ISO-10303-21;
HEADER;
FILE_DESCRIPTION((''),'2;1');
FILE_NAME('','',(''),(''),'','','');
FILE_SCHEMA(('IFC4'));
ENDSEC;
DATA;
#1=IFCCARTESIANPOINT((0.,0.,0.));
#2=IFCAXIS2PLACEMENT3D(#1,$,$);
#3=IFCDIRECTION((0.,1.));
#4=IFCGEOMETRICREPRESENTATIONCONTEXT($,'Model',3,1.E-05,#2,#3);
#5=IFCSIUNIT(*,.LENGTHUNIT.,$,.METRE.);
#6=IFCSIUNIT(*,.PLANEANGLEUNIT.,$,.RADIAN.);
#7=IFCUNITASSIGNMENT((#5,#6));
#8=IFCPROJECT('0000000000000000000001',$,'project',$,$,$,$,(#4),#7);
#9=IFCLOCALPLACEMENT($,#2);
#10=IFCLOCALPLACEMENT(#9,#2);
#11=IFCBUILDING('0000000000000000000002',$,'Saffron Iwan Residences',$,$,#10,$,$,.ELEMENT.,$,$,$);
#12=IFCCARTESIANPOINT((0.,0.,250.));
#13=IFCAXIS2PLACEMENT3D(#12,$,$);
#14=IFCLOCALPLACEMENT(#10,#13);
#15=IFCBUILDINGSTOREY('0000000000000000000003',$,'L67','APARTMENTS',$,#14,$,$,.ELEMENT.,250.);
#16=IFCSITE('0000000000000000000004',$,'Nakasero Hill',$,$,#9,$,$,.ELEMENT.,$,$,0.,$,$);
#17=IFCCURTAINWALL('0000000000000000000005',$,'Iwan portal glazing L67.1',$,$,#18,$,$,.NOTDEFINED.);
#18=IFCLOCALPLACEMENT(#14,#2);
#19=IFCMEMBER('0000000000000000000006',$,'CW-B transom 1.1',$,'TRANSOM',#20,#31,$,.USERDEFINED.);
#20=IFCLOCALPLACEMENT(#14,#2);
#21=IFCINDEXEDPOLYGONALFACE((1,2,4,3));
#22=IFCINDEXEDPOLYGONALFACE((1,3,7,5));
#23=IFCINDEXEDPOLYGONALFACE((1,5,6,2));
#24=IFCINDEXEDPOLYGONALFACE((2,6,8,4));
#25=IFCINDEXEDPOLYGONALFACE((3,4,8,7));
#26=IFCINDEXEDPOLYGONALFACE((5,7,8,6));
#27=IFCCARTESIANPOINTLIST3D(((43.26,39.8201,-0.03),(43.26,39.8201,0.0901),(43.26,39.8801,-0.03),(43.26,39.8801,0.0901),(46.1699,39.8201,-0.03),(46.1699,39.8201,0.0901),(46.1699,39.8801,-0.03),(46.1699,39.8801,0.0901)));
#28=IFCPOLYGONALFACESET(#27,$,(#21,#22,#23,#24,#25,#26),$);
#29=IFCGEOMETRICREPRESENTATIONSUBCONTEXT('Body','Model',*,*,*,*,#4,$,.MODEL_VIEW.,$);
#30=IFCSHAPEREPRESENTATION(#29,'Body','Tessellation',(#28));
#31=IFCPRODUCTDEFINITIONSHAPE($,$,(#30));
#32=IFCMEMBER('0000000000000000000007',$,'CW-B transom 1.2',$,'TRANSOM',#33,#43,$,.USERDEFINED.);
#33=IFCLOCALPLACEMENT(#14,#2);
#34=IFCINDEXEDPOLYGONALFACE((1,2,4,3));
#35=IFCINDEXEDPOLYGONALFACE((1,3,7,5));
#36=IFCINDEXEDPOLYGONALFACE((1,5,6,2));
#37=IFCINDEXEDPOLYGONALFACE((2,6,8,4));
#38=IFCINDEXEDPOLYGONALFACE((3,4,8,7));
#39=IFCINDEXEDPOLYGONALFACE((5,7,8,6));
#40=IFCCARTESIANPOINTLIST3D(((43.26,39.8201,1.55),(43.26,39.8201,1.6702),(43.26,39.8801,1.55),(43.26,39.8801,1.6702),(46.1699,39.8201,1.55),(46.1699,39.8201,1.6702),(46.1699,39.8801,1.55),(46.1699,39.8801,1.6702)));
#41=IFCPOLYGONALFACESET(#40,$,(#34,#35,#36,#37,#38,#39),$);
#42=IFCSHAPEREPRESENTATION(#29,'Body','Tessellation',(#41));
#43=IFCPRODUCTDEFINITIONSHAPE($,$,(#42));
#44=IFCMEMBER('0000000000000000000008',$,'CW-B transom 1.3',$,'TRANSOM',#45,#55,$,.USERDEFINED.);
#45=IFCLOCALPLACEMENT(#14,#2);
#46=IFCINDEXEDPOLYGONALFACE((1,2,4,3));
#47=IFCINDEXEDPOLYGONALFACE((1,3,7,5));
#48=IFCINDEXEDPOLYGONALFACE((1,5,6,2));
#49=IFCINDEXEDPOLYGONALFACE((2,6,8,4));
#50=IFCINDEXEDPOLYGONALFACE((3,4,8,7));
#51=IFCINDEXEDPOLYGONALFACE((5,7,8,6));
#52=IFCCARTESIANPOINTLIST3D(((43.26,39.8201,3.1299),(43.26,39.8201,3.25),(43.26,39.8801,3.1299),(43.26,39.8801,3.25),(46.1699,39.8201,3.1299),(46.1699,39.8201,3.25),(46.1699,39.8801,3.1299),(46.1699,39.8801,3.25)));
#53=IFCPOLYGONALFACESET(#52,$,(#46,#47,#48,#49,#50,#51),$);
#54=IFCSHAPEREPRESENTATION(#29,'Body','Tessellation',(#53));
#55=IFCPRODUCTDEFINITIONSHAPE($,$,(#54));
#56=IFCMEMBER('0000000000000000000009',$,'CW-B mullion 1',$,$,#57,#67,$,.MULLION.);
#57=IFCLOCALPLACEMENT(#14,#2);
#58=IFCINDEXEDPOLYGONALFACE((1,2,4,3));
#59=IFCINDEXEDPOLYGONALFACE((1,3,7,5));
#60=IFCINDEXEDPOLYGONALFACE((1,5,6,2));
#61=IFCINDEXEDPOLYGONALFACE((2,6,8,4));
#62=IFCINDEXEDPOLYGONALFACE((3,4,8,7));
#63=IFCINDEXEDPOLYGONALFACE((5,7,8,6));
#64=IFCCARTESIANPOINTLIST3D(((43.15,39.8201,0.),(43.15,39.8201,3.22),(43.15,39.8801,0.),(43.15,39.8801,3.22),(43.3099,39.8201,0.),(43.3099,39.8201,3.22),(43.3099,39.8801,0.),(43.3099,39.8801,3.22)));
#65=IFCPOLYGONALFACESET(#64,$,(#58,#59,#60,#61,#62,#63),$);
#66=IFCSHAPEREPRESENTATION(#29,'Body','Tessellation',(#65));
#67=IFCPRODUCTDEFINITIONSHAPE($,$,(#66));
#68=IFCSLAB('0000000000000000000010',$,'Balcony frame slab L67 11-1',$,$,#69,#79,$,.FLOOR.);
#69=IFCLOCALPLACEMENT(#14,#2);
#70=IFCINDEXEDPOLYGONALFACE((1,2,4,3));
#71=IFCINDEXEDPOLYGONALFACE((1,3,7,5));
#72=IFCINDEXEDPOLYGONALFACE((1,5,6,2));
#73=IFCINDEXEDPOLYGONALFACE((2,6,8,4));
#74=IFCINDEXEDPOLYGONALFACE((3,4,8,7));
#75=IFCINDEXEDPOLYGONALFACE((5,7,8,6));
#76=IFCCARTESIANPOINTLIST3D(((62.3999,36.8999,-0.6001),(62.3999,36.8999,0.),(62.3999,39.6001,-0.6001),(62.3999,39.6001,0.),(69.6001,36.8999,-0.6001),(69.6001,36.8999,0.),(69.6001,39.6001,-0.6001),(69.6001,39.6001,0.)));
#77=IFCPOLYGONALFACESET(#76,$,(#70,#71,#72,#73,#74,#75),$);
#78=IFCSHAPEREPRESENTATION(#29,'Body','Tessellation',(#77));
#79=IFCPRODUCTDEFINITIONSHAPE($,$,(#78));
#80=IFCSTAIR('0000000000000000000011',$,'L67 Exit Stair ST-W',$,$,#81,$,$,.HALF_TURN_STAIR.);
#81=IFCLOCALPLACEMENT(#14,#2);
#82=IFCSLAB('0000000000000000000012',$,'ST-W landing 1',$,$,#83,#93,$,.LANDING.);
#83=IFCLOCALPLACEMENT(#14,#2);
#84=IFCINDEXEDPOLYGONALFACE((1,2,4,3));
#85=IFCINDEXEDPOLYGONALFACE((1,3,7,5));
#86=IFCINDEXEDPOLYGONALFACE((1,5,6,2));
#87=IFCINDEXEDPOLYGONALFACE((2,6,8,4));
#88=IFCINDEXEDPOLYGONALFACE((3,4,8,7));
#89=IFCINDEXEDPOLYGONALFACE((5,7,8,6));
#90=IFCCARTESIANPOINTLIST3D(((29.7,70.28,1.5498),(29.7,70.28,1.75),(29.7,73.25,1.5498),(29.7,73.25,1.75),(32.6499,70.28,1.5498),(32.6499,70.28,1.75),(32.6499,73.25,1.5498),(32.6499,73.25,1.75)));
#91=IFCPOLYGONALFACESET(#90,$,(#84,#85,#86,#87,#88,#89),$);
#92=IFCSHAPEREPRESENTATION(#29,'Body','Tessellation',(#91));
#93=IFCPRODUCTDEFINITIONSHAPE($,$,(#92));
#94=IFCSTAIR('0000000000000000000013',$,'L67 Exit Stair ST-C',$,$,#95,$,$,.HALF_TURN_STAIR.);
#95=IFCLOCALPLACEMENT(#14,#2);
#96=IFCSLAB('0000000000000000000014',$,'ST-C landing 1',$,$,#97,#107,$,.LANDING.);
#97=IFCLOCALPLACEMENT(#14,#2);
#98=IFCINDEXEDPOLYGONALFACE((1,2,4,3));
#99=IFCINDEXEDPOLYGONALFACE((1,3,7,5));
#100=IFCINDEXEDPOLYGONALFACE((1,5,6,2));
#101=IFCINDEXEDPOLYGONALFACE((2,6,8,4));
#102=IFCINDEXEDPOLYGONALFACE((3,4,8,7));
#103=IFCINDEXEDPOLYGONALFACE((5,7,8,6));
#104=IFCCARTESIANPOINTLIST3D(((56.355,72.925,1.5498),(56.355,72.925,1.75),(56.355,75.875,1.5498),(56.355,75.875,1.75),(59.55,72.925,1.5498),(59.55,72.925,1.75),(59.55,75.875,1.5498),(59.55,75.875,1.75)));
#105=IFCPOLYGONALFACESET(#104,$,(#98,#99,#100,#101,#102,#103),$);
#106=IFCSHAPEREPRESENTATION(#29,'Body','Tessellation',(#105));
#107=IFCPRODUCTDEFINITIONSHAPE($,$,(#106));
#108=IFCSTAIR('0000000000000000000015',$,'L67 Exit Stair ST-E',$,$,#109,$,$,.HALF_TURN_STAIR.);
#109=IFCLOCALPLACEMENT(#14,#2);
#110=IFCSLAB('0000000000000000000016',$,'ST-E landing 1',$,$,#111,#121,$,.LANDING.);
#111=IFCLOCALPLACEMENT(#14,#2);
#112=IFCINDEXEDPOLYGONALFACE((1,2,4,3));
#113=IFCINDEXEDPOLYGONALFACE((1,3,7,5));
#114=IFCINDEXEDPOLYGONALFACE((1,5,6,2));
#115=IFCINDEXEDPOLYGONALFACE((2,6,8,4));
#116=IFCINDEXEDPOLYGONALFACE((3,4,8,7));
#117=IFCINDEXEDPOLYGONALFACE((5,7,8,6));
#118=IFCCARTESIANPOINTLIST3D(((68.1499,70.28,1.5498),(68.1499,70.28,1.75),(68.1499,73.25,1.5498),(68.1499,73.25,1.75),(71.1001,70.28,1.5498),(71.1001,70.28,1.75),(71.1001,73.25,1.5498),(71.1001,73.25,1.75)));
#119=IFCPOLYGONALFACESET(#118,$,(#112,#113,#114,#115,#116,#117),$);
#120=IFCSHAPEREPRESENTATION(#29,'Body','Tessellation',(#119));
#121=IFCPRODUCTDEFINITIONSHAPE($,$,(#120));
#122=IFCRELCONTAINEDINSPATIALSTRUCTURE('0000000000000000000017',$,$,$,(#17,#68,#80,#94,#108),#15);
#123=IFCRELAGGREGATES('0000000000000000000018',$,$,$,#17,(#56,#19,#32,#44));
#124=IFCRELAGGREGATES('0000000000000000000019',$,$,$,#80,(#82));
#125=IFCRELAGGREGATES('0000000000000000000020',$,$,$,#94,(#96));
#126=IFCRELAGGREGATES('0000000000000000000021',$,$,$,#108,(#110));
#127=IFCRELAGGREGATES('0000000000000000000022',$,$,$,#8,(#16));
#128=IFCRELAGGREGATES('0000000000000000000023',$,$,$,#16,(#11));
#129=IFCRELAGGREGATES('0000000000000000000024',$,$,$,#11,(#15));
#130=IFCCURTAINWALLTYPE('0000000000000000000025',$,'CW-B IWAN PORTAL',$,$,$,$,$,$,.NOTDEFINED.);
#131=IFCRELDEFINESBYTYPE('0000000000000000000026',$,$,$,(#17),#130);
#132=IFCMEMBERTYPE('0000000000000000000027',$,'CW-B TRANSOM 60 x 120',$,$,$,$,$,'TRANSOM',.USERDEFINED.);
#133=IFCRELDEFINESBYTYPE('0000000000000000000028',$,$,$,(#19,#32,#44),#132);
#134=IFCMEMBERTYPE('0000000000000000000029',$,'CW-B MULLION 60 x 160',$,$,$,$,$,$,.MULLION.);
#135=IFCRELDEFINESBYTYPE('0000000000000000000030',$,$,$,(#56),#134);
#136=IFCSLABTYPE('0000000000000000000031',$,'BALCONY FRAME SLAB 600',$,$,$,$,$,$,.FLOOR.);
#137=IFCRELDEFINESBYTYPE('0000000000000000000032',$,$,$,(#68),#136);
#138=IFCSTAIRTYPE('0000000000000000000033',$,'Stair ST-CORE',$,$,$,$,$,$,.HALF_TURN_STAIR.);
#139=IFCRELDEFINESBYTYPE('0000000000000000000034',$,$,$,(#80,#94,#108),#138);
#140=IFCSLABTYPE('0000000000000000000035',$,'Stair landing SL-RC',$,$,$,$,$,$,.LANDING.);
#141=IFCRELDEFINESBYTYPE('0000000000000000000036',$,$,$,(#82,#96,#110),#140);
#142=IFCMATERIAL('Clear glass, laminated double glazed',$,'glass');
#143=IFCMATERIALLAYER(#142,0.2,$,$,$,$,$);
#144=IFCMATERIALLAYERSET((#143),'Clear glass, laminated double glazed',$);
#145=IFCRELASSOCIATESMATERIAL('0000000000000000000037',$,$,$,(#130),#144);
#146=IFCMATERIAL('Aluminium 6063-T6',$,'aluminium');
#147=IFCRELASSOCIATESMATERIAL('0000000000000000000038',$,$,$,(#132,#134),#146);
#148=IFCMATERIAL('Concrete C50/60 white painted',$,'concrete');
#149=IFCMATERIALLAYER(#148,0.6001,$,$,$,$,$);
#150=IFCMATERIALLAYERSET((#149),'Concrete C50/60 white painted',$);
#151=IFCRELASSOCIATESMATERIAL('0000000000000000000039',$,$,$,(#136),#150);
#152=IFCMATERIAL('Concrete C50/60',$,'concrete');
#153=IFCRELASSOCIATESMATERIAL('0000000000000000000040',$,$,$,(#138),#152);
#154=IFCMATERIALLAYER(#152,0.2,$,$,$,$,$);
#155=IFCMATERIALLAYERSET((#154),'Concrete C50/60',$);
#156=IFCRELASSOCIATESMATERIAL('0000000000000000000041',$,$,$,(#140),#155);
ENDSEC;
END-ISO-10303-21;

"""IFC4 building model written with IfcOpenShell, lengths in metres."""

from ifc_helpers import new_model, si_unit, direction, frame, origin, origin_2d, place, context, subcontext, project, spatial, polyline, rectangle, outline, extrude, source, transform, mapped, material, layer, layer_set, material_profile, profile_set, type_object, element, aggregate, save


model = new_model("IFC4")

# Units and contexts
model_context = context("Model", 3, precision=1e-05, world=origin(), true_north=direction((0.0, 1.0)))
body_context = subcontext(model_context, "Body", "Model", "MODEL_VIEW")
ifc_project = project(units=[si_unit("LENGTHUNIT", "METRE"), si_unit("PLANEANGLEUNIT", "RADIAN")], contexts=[model_context])

# Site, building, storey
site_placement = place(None, origin())
site = spatial("IfcSite", under=ifc_project, at=site_placement, Name="Nakasero Hill", CompositionType="ELEMENT", RefElevation=0.0)
building_placement = place(site_placement, origin())
building = spatial("IfcBuilding", under=site, at=building_placement, Name="Saffron Iwan Residences", CompositionType="ELEMENT")
storey_placement = place(building_placement, frame((0.0, 0.0, 250.0)))
storey = spatial("IfcBuildingStorey", under=building, at=storey_placement, Name="L67", Description="APARTMENTS", CompositionType="ELEMENT", Elevation=250.0)

# Curtain wall, members
ifc_material_1 = material(Name="Clear glass, laminated double glazed", Category="glass")
ifc_layer_1 = layer(ifc_material_1, 0.2)
ifc_layer_set_1 = layer_set([ifc_layer_1], Name="Clear glass, laminated double glazed")
curtain_wall_type = type_object("IfcCurtainWallType", Name="CW-B IWAN PORTAL", PredefinedType="NOTDEFINED", material=ifc_layer_set_1)
curtain_wall_placement = place(storey_placement, origin())
curtain_wall = element("IfcCurtainWall", 1, at=curtain_wall_placement, inside=storey, type_object=curtain_wall_type, Name="Iwan portal glazing L67.1", PredefinedType="NOTDEFINED")
ifc_material_2 = material(Name="Aluminium 6063-T6", Category="aluminium")
ifc_material_profile_1 = material_profile(ifc_material_2, rectangle(XDim=0.0601, YDim=0.1201, at=origin_2d()), Name="CW-B TRANSOM 60 x 120")
ifc_profile_set_1 = profile_set([ifc_material_profile_1], Name="Aluminium 6063-T6")
member_type_1 = type_object("IfcMemberType", Name="CW-B TRANSOM 60 x 120", ElementType="TRANSOM", PredefinedType="USERDEFINED", material=ifc_profile_set_1)
shared_shape_1 = source(origin(), body_context, "Body", "SweptSolid", [
    extrude(rectangle(XDim=0.0601, YDim=0.1201, at=origin_2d()), origin(), (0.0, 0.0, 1.0), 2.9099),
])
member_1_placement = place(storey_placement, frame((43.26, 39.8501, 0.03), z_axis=(1.0, 0.0, 0.0), x_axis=(0.0, 1.0, 0.0)))
member_1 = element("IfcMember", 2, at=member_1_placement, type_object=member_type_1, Name="CW-B transom 1.1", ObjectType="TRANSOM", PredefinedType="USERDEFINED", context=body_context, shape_type="MappedRepresentation", body=[
    mapped(shared_shape_1, transform((0.0, 0.0, 0.0))),
])
member_2_placement = place(storey_placement, frame((43.26, 39.8501, 1.6101), z_axis=(1.0, 0.0, 0.0), x_axis=(0.0, 1.0, 0.0)))
member_2 = element("IfcMember", 3, at=member_2_placement, type_object=member_type_1, Name="CW-B transom 1.2", ObjectType="TRANSOM", PredefinedType="USERDEFINED", context=body_context, shape_type="MappedRepresentation", body=[
    mapped(shared_shape_1, transform((0.0, 0.0, 0.0))),
])
member_3_placement = place(storey_placement, frame((43.26, 39.8501, 3.1899), z_axis=(1.0, 0.0, 0.0), x_axis=(0.0, 1.0, 0.0)))
member_3 = element("IfcMember", 4, at=member_3_placement, type_object=member_type_1, Name="CW-B transom 1.3", ObjectType="TRANSOM", PredefinedType="USERDEFINED", context=body_context, shape_type="MappedRepresentation", body=[
    mapped(shared_shape_1, transform((0.0, 0.0, 0.0))),
])
ifc_material_profile_2 = material_profile(ifc_material_2, rectangle(XDim=0.0601, YDim=0.1599, at=origin_2d()), Name="CW-B MULLION 60 x 160")
ifc_profile_set_2 = profile_set([ifc_material_profile_2], Name="Aluminium 6063-T6")
member_type_2 = type_object("IfcMemberType", Name="CW-B MULLION 60 x 160", PredefinedType="MULLION", material=ifc_profile_set_2)
shared_shape_2 = source(origin(), body_context, "Body", "SweptSolid", [
    extrude(rectangle(XDim=0.0601, YDim=0.1599, at=origin_2d()), origin(), (0.0, 0.0, 1.0), 3.22),
])
member_4_placement = place(storey_placement, frame((43.23, 39.8501, 0.0), z_axis=(0.0, 0.0, 1.0), x_axis=(0.0, 1.0, 0.0)))
member_4 = element("IfcMember", 5, at=member_4_placement, type_object=member_type_2, Name="CW-B mullion 1", PredefinedType="MULLION", context=body_context, shape_type="MappedRepresentation", body=[
    mapped(shared_shape_2, transform((0.0, 0.0, 0.0))),
])
aggregate(curtain_wall, [member_4, member_1, member_2, member_3])

# Slab
ifc_material_3 = material(Name="Concrete C50/60 white painted", Category="concrete")
ifc_layer_2 = layer(ifc_material_3, 0.6001)
ifc_layer_set_2 = layer_set([ifc_layer_2], Name="Concrete C50/60 white painted")
slab_type_1 = type_object("IfcSlabType", Name="BALCONY FRAME SLAB 600", PredefinedType="FLOOR", material=ifc_layer_set_2)
slab_1_placement = place(storey_placement, frame((0.0, 0.0, -0.6001)))
element("IfcSlab", 6, at=slab_1_placement, inside=storey, type_object=slab_type_1, Name="Balcony frame slab L67 11-1", PredefinedType="FLOOR", context=body_context, shape_type="SweptSolid", body=[
    extrude(outline(polyline([(62.3999, 36.8999), (69.6001, 36.8999), (69.6001, 39.6001), (62.3999, 39.6001), (62.3999, 36.8999)])), origin(), (0.0, 0.0, 1.0), 0.6001),
])

# Stairs, slabs
ifc_material_4 = material(Name="Concrete C50/60", Category="concrete")
stair_type = type_object("IfcStairType", Name="Stair ST-CORE", PredefinedType="HALF_TURN_STAIR", material=ifc_material_4)
stair_1_placement = place(storey_placement, origin())
stair_1 = element("IfcStair", 7, at=stair_1_placement, inside=storey, type_object=stair_type, Name="L67 Exit Stair ST-W", PredefinedType="HALF_TURN_STAIR")
ifc_layer_3 = layer(ifc_material_4, 0.2)
ifc_layer_set_3 = layer_set([ifc_layer_3], Name="Concrete C50/60")
slab_type_2 = type_object("IfcSlabType", Name="Stair landing SL-RC", PredefinedType="LANDING", material=ifc_layer_set_3)
slab_2_placement = place(storey_placement, frame((0.0, 0.0, 1.5498)))
slab_2 = element("IfcSlab", 8, at=slab_2_placement, type_object=slab_type_2, Name="ST-W landing 1", PredefinedType="LANDING", context=body_context, shape_type="SweptSolid", body=[
    extrude(outline(polyline([(32.6499, 70.28), (32.6499, 73.25), (29.7, 73.25), (29.7, 70.28), (32.6499, 70.28)])), origin(), (0.0, 0.0, 1.0), 0.2002),
])
aggregate(stair_1, [slab_2])
stair_2_placement = place(storey_placement, origin())
stair_2 = element("IfcStair", 9, at=stair_2_placement, inside=storey, type_object=stair_type, Name="L67 Exit Stair ST-C", PredefinedType="HALF_TURN_STAIR")
slab_3_placement = place(storey_placement, frame((0.0, 0.0, 1.5498)))
slab_3 = element("IfcSlab", 10, at=slab_3_placement, type_object=slab_type_2, Name="ST-C landing 1", PredefinedType="LANDING", context=body_context, shape_type="SweptSolid", body=[
    extrude(outline(polyline([(56.355, 72.925), (59.55, 72.925), (59.55, 75.875), (56.355, 75.875), (56.355, 72.925)])), origin(), (0.0, 0.0, 1.0), 0.2002),
])
aggregate(stair_2, [slab_3])
stair_3_placement = place(storey_placement, origin())
stair_3 = element("IfcStair", 11, at=stair_3_placement, inside=storey, type_object=stair_type, Name="L67 Exit Stair ST-E", PredefinedType="HALF_TURN_STAIR")
slab_4_placement = place(storey_placement, frame((0.0, 0.0, 1.5498)))
slab_4 = element("IfcSlab", 12, at=slab_4_placement, type_object=slab_type_2, Name="ST-E landing 1", PredefinedType="LANDING", context=body_context, shape_type="SweptSolid", body=[
    extrude(outline(polyline([(71.1001, 70.28), (71.1001, 73.25), (68.1499, 73.25), (68.1499, 70.28), (71.1001, 70.28)])), origin(), (0.0, 0.0, 1.0), 0.2002),
])
aggregate(stair_3, [slab_4])

save(model, "model.ifc")
